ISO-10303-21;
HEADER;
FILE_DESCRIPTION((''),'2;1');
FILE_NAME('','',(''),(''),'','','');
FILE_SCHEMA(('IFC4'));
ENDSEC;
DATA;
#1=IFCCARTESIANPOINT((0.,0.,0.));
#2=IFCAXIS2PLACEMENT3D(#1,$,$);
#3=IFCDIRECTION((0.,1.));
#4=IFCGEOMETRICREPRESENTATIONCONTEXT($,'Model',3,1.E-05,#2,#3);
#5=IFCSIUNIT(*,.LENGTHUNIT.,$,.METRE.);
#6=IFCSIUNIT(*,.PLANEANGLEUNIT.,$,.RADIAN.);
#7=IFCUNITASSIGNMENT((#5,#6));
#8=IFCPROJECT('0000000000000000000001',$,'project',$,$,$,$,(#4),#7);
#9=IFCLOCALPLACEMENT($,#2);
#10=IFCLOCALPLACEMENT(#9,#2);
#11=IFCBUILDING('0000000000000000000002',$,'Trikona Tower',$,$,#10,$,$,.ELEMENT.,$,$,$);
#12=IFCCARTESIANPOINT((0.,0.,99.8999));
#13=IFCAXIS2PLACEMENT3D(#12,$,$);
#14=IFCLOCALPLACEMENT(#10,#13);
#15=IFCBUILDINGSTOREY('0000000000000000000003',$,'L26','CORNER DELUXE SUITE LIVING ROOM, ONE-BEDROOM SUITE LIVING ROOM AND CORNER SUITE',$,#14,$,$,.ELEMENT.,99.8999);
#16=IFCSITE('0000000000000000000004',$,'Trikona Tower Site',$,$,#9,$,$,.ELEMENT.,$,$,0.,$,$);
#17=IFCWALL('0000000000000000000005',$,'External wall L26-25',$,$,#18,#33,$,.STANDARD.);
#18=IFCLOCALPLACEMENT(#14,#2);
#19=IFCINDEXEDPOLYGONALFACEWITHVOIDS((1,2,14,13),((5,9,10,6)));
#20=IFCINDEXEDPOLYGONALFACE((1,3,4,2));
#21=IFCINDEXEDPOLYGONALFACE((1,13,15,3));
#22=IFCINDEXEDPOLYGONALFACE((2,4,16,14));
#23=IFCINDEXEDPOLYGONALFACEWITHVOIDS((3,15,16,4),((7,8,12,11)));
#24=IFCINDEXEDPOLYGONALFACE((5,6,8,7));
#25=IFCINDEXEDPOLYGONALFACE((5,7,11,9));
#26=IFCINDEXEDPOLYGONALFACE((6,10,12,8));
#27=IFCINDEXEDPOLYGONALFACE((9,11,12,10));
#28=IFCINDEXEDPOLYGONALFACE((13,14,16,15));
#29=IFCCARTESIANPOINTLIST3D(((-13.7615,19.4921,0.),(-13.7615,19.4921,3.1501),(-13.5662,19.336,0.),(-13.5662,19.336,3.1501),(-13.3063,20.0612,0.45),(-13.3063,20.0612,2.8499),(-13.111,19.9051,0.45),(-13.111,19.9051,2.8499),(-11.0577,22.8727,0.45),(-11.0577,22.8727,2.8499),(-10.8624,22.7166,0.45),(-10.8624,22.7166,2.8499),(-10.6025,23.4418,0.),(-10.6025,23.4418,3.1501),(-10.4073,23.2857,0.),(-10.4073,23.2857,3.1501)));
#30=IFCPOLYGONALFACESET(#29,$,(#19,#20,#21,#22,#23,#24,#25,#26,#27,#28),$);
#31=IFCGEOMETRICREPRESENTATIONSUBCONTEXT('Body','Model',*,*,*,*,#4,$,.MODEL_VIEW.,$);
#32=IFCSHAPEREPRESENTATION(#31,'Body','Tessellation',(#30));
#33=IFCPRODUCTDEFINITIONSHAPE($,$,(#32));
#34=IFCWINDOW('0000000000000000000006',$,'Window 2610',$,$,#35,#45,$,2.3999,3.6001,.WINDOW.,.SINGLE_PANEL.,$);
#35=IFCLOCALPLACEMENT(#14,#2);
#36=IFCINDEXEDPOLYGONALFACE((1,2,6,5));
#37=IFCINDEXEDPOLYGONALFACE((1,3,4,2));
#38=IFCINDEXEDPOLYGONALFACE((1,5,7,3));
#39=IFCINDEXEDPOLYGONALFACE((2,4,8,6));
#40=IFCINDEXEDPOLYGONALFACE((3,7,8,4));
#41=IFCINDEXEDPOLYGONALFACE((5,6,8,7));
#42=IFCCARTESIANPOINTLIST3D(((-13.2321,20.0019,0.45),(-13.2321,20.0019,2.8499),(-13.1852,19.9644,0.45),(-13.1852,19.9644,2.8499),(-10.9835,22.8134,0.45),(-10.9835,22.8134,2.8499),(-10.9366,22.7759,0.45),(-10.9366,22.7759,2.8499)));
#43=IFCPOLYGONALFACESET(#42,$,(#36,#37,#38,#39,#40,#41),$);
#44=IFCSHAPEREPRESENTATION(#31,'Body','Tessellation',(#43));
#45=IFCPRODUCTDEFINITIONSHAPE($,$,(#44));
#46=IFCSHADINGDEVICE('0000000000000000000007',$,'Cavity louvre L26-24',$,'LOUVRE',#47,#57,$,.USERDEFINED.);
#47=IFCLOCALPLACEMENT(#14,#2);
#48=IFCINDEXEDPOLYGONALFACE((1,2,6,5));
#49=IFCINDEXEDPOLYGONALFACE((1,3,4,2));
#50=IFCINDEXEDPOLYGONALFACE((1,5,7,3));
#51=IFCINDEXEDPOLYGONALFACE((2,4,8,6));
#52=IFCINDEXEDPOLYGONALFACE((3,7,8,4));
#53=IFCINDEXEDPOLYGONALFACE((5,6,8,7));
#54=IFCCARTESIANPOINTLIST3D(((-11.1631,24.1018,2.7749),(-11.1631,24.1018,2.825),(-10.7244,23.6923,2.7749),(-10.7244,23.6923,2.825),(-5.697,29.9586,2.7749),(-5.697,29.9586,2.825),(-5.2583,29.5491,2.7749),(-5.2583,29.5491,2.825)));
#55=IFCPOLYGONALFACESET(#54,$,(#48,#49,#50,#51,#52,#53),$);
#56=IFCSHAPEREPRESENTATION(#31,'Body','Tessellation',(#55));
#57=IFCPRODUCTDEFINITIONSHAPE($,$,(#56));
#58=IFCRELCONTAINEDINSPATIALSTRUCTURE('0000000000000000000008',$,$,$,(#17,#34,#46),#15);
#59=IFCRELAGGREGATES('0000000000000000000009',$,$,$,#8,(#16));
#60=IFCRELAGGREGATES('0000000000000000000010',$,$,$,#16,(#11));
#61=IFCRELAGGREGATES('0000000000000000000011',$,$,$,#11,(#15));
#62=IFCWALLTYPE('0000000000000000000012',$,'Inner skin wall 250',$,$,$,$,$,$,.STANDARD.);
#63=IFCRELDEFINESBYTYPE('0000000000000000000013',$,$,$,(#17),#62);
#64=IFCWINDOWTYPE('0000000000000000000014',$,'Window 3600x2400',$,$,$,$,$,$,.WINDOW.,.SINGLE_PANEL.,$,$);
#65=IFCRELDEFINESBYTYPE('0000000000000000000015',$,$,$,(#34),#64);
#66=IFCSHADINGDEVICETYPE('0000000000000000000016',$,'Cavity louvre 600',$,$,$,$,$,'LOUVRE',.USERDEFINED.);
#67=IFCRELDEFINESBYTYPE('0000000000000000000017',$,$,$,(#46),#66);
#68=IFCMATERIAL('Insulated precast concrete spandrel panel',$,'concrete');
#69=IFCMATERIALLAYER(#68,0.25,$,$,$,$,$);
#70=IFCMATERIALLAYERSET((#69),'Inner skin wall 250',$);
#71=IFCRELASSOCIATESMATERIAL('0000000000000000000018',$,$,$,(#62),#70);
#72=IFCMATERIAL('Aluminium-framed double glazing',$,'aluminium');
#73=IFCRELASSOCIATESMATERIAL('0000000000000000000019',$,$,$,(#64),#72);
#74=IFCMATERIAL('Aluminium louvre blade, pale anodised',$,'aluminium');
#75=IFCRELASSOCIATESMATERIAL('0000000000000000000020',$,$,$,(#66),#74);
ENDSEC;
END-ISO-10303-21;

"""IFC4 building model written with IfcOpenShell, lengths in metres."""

from ifc_helpers import new_model, si_unit, direction, frame, frame_2d, origin, origin_2d, place, context, subcontext, project, spatial, rectangle, extrude, material, layer, layer_set, type_object, element, fill, save


model = new_model("IFC4")

# Units and contexts
model_context = context("Model", 3, precision=1e-05, world=origin(), true_north=direction((0.0, 1.0)))
body_context = subcontext(model_context, "Body", "Model", "MODEL_VIEW")
ifc_project = project(units=[si_unit("LENGTHUNIT", "METRE"), si_unit("PLANEANGLEUNIT", "RADIAN")], contexts=[model_context])

# Site, building, storey
site_placement = place(None, origin())
site = spatial("IfcSite", under=ifc_project, at=site_placement, Name="Trikona Tower Site", CompositionType="ELEMENT", RefElevation=0.0)
building_placement = place(site_placement, origin())
building = spatial("IfcBuilding", under=site, at=building_placement, Name="Trikona Tower", CompositionType="ELEMENT")
storey_placement = place(building_placement, frame((0.0, 0.0, 99.8999)))
storey = spatial("IfcBuildingStorey", under=building, at=storey_placement, Name="L26", Description="CORNER DELUXE SUITE LIVING ROOM, ONE-BEDROOM SUITE LIVING ROOM AND CORNER SUITE", CompositionType="ELEMENT", Elevation=99.8999)

# Wall, opening, window
ifc_material_1 = material(Name="Insulated precast concrete spandrel panel", Category="concrete")
ifc_layer_1 = layer(ifc_material_1, 0.25)
ifc_layer_set_1 = layer_set([ifc_layer_1], Name="Inner skin wall 250")
wall_type_1 = type_object("IfcWallType", Name="Inner skin wall 250", PredefinedType="STANDARD", material=ifc_layer_set_1)
wall_1_placement = place(storey_placement, frame((-10.5049, 23.3638, 0.0), z_axis=(0.0, 0.0, 1.0), x_axis=(-0.624595, -0.780949, 0.0)))
wall_1 = element("IfcWall", 1, at=wall_1_placement, inside=storey, type_object=wall_type_1, Name="External wall L26-25", PredefinedType="STANDARD", context=body_context, shape_type="SweptSolid", body=[
    extrude(rectangle(XDim=5.0576, YDim=0.25, at=frame_2d((2.5288, 0.0))), origin(), (0.0, 0.0, 1.0), 3.1501),
])
opening_1_placement = place(wall_1_placement, frame((0.7288, 0.0, 0.45)))
opening_1 = element("IfcOpeningElement", 2, at=opening_1_placement, cuts=wall_1, PredefinedType="OPENING", context=body_context, shape_type="SweptSolid", body=[
    extrude(rectangle(XDim=3.6001, YDim=2.3999, at=frame_2d((1.8, 1.2))), frame((0.0, 0.135, 0.0), z_axis=(0.0, -1.0, 0.0), x_axis=(1.0, 0.0, 0.0)), (0.0, 0.0, 1.0), 0.27),
])
ifc_material_2 = material(Name="Aluminium-framed double glazing", Category="aluminium")
window_type_1 = type_object("IfcWindowType", Name="Window 3600x2400", PartitioningType="SINGLE_PANEL", PredefinedType="WINDOW", material=ifc_material_2)
window_1_placement = place(opening_1_placement, origin())
window_1 = element("IfcWindow", 3, at=window_1_placement, inside=storey, type_object=window_type_1, Name="Window 2610", OverallHeight=2.3999, OverallWidth=3.6001, PartitioningType="SINGLE_PANEL", PredefinedType="WINDOW", context=body_context, shape_type="SweptSolid", body=[
    extrude(rectangle(XDim=3.6001, YDim=2.3999, at=frame_2d((1.8, 1.2))), frame((0.0, 0.03, 0.0), z_axis=(0.0, -1.0, 0.0), x_axis=(1.0, 0.0, 0.0)), (0.0, 0.0, 1.0), 0.0601),
])
fill(opening_1, window_1)

# Shading device
ifc_material_3 = material(Name="Aluminium louvre blade, pale anodised", Category="aluminium")
shading_device_type = type_object("IfcShadingDeviceType", Name="Cavity louvre 600", ElementType="LOUVRE", PredefinedType="USERDEFINED", material=ifc_material_3)
shading_device_placement = place(storey_placement, frame((-8.2107, 26.8254, 2.7749), z_axis=(0.0, 0.0, 1.0), x_axis=(-0.682298, -0.731074, 0.0)))
element("IfcShadingDevice", 4, at=shading_device_placement, inside=storey, type_object=shading_device_type, Name="Cavity louvre L26-24", ObjectType="LOUVRE", PredefinedType="USERDEFINED", context=body_context, shape_type="SweptSolid", body=[
    extrude(rectangle(XDim=8.0112, YDim=0.6001, at=origin_2d()), origin(), (0.0, 0.0, 1.0), 0.05),
])

save(model, "model.ifc")
